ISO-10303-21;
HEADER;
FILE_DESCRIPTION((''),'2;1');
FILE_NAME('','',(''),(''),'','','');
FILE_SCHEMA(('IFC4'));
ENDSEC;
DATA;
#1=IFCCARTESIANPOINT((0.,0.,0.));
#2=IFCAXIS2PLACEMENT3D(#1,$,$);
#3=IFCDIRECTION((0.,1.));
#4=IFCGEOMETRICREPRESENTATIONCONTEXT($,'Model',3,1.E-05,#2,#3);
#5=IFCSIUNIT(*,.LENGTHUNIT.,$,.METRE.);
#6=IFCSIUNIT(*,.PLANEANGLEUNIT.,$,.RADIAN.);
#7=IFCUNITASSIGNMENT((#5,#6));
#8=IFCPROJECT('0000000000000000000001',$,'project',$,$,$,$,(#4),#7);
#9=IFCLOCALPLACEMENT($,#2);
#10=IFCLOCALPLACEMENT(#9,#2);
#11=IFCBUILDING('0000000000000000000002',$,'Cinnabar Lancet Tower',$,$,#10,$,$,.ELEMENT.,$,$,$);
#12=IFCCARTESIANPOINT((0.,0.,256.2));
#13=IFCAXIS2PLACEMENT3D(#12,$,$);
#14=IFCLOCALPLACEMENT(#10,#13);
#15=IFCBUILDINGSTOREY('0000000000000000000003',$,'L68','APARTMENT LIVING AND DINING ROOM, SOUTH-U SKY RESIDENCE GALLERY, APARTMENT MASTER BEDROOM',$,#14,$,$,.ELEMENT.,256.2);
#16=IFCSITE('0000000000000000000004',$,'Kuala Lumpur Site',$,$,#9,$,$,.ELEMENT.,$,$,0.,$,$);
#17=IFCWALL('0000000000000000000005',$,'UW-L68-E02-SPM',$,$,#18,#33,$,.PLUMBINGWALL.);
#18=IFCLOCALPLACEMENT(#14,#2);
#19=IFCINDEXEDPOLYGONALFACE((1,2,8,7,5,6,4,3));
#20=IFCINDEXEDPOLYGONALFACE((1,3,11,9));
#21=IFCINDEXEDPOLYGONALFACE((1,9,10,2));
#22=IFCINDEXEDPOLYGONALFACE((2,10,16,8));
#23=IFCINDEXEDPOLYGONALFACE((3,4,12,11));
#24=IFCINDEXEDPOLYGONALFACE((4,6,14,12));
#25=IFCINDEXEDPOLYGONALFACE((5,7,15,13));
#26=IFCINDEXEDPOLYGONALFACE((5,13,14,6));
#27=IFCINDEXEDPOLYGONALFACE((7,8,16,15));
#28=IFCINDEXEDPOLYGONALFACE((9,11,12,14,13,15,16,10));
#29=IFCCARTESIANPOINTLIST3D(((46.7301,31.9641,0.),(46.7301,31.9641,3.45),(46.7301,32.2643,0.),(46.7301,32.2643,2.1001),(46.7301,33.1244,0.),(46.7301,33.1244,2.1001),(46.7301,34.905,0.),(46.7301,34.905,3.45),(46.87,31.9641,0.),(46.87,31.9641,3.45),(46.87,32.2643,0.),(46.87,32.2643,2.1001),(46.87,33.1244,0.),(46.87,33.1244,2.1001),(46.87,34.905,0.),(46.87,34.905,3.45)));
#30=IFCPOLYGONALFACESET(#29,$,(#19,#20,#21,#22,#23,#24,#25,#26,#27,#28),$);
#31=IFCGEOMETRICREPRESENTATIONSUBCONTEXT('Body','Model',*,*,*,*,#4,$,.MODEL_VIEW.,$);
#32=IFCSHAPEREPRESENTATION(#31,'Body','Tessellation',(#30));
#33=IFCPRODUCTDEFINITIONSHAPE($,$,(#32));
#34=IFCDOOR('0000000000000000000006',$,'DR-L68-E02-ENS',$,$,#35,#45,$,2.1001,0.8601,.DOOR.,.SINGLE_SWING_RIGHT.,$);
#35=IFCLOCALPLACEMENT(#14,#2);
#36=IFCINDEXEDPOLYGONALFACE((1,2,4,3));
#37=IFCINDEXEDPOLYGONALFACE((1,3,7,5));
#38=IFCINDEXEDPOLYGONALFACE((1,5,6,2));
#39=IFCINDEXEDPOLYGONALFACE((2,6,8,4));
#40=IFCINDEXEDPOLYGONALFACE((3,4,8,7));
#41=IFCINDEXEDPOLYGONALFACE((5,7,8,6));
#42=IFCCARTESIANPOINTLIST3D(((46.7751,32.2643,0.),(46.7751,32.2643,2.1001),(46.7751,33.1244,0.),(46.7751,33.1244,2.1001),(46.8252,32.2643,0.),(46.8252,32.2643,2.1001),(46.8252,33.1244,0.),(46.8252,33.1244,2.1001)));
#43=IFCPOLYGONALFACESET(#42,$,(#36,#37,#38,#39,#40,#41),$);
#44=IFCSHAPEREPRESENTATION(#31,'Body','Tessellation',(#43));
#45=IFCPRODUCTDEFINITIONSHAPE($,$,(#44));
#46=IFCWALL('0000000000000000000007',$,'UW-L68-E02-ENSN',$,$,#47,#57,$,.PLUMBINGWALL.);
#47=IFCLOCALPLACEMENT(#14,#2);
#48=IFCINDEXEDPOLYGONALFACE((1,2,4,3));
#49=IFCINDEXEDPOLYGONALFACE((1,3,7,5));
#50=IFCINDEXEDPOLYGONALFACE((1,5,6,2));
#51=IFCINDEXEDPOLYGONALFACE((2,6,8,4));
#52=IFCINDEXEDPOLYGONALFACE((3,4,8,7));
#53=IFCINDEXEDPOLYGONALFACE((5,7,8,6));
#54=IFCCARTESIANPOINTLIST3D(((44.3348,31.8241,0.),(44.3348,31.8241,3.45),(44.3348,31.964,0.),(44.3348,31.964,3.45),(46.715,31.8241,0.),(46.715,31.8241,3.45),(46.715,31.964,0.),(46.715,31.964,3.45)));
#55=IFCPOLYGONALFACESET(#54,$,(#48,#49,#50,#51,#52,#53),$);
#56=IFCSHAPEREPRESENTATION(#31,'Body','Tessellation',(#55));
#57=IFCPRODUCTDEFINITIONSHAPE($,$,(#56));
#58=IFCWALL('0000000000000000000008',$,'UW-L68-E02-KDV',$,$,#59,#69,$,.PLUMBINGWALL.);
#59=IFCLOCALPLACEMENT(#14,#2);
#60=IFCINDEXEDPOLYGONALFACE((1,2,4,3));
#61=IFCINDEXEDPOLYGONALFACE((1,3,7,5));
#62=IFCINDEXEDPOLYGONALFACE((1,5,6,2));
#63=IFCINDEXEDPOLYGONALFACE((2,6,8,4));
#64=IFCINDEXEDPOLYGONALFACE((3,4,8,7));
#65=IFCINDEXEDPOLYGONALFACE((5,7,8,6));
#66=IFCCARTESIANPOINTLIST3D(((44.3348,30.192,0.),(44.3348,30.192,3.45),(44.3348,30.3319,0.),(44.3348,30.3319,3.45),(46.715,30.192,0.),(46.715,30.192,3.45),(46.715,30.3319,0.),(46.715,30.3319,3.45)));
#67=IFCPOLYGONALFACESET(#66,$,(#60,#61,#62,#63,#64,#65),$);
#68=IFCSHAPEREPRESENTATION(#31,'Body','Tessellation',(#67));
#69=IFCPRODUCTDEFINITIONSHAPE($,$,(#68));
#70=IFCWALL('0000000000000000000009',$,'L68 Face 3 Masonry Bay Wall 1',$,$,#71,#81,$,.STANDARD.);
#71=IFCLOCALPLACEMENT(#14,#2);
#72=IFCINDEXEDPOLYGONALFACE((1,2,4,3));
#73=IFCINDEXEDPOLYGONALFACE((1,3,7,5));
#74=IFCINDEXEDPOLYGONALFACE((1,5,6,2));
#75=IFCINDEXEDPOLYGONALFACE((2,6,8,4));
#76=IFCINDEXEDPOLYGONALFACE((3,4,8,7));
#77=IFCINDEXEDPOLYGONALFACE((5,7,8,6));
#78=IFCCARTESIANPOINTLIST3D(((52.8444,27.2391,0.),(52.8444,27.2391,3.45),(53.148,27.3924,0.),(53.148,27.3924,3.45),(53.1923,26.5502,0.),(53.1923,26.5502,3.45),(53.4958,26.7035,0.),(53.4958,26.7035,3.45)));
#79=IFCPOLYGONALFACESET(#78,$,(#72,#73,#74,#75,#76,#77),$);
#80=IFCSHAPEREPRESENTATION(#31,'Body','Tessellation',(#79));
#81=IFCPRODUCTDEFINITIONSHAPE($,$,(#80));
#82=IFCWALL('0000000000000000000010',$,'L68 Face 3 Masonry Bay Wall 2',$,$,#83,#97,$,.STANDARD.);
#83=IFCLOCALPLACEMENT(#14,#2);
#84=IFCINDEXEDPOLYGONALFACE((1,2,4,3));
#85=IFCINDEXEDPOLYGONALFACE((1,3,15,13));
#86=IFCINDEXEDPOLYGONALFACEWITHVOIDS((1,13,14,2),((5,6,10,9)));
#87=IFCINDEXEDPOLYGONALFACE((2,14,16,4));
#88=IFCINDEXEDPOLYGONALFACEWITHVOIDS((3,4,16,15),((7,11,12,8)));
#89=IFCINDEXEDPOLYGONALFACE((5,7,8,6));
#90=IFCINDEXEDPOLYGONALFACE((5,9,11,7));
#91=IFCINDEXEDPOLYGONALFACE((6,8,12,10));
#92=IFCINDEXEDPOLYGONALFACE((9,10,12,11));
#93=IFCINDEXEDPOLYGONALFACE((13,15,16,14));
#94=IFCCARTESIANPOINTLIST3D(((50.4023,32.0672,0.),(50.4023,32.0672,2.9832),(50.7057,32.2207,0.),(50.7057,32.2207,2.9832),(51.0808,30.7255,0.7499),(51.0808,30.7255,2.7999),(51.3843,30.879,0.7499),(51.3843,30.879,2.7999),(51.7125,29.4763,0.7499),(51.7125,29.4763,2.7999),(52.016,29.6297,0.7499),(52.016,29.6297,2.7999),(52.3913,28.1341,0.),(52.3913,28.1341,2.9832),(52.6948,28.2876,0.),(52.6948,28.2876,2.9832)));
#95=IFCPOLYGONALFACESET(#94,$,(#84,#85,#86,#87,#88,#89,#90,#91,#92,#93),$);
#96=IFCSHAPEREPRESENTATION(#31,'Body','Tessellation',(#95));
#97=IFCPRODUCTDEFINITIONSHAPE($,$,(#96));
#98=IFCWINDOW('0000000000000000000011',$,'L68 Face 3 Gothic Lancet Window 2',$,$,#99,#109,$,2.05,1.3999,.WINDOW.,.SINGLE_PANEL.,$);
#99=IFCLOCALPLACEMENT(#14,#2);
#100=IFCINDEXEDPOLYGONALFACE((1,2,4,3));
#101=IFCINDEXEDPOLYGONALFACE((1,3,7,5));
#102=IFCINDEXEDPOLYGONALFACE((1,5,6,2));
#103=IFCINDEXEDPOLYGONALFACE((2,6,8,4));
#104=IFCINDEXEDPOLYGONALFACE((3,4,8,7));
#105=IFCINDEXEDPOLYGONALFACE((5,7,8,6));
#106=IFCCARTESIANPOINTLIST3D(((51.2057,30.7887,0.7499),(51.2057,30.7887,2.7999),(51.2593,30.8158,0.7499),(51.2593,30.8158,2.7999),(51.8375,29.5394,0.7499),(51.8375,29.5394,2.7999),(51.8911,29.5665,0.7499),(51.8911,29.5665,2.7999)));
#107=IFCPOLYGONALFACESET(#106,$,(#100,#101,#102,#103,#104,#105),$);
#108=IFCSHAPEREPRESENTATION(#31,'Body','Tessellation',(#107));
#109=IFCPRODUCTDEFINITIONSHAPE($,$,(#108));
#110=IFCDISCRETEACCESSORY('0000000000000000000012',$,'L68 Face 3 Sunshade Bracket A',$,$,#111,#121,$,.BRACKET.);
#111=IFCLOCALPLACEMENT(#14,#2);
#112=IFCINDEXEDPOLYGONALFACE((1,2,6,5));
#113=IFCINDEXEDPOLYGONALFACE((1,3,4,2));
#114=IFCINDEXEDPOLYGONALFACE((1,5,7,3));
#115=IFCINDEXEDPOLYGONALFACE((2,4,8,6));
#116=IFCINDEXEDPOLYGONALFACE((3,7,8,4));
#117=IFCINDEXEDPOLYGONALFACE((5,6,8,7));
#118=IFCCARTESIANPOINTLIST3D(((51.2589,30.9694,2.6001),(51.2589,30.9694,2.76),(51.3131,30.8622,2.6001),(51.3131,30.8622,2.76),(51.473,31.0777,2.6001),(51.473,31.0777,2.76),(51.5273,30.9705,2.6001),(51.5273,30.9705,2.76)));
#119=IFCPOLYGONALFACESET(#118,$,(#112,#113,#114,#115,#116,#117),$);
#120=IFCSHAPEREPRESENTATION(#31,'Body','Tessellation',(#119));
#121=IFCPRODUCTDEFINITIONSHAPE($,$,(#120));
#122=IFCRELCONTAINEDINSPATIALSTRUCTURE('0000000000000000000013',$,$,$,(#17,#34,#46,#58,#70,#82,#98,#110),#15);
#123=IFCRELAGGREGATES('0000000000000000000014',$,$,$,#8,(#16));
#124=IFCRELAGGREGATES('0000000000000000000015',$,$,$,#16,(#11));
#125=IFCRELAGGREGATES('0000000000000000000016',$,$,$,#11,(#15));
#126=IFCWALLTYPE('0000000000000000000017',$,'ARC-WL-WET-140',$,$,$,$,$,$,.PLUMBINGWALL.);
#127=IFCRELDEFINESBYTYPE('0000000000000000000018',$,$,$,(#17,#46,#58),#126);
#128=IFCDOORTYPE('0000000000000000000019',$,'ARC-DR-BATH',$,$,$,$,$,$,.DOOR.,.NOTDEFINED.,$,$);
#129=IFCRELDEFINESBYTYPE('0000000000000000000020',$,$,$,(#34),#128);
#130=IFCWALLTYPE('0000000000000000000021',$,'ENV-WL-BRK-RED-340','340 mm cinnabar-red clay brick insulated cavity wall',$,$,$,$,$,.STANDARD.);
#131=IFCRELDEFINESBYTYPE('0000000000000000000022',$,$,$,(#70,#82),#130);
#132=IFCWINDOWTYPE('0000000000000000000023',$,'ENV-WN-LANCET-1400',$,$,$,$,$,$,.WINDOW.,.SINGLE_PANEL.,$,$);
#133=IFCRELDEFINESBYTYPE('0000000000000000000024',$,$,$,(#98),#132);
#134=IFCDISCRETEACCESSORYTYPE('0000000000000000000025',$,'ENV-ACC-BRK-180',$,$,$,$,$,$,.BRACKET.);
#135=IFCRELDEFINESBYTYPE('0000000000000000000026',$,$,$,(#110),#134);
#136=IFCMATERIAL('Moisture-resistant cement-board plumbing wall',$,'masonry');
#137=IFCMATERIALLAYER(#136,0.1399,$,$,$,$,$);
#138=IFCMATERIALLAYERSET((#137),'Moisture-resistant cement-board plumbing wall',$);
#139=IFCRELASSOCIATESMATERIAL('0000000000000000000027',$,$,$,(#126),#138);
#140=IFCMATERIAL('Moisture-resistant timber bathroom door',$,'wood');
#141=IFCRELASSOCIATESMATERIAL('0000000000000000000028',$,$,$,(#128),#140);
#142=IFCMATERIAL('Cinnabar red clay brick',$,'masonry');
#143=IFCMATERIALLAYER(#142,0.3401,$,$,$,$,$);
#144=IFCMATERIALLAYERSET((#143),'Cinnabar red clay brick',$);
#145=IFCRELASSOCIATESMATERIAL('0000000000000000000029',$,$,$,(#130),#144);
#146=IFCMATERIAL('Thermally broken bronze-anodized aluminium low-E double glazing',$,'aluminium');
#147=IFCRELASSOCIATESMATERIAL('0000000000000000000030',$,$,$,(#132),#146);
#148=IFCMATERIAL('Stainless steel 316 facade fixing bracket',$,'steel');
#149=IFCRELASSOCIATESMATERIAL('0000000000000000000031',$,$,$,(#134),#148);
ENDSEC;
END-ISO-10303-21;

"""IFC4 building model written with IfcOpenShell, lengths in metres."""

from ifc_helpers import new_model, si_unit, direction, frame, frame_2d, origin, origin_2d, place, context, subcontext, project, spatial, rectangle, extrude, material, layer, layer_set, type_object, element, fill, save


model = new_model("IFC4")

# Units and contexts
model_context = context("Model", 3, precision=1e-05, world=origin(), true_north=direction((0.0, 1.0)))
body_context = subcontext(model_context, "Body", "Model", "MODEL_VIEW")
ifc_project = project(units=[si_unit("LENGTHUNIT", "METRE"), si_unit("PLANEANGLEUNIT", "RADIAN")], contexts=[model_context])

# Site, building, storey
site_placement = place(None, origin())
site = spatial("IfcSite", under=ifc_project, at=site_placement, Name="Kuala Lumpur Site", CompositionType="ELEMENT", RefElevation=0.0)
building_placement = place(site_placement, origin())
building = spatial("IfcBuilding", under=site, at=building_placement, Name="Cinnabar Lancet Tower", CompositionType="ELEMENT")
storey_placement = place(building_placement, frame((0.0, 0.0, 256.2)))
storey = spatial("IfcBuildingStorey", under=building, at=storey_placement, Name="L68", Description="APARTMENT LIVING AND DINING ROOM, SOUTH-U SKY RESIDENCE GALLERY, APARTMENT MASTER BEDROOM", CompositionType="ELEMENT", Elevation=256.2)

# Shared definitions
ifc_material_1 = material(Name="Moisture-resistant cement-board plumbing wall", Category="masonry")
ifc_layer_1 = layer(ifc_material_1, 0.1399)
ifc_layer_set_1 = layer_set([ifc_layer_1], Name="Moisture-resistant cement-board plumbing wall")
wall_type_1 = type_object("IfcWallType", Name="ARC-WL-WET-140", PredefinedType="PLUMBINGWALL", material=ifc_layer_set_1)
ifc_material_2 = material(Name="Moisture-resistant timber bathroom door", Category="wood")
door_type_1 = type_object("IfcDoorType", Name="ARC-DR-BATH", OperationType="NOTDEFINED", PredefinedType="DOOR", material=ifc_material_2)

# Wall, opening, door
wall_1_placement = place(storey_placement, frame((46.8, 31.9641, 0.0), z_axis=(0.0, 0.0, 1.0), x_axis=(0.0, 1.0, 0.0)))
wall_1 = element("IfcWall", 1, at=wall_1_placement, inside=storey, type_object=wall_type_1, Name="UW-L68-E02-SPM", PredefinedType="PLUMBINGWALL", context=body_context, shape_type="SweptSolid", body=[
    extrude(rectangle(XDim=2.9409, YDim=0.1399, at=frame_2d((1.4705, 0.0))), origin(), (0.0, 0.0, 1.0), 3.45),
])
opening_1_placement = place(wall_1_placement, frame((0.3, 0.0, 0.0)))
opening_1 = element("IfcOpeningElement", 2, at=opening_1_placement, cuts=wall_1, PredefinedType="OPENING", context=body_context, shape_type="SweptSolid", body=[
    extrude(rectangle(XDim=0.8601, YDim=2.1001, at=frame_2d((0.4302, 1.05))), frame((0.0, 0.0798, 0.0), z_axis=(0.0, -1.0, 0.0), x_axis=(1.0, 0.0, 0.0)), (0.0, 0.0, 1.0), 0.1599),
])
door_1_placement = place(opening_1_placement, origin())
door_1 = element("IfcDoor", 3, at=door_1_placement, inside=storey, type_object=door_type_1, Name="DR-L68-E02-ENS", OperationType="SINGLE_SWING_RIGHT", OverallHeight=2.1001, OverallWidth=0.8601, PredefinedType="DOOR", context=body_context, shape_type="SweptSolid", body=[
    extrude(rectangle(XDim=0.8601, YDim=2.1001, at=frame_2d((0.4302, 1.05))), frame((0.0, 0.0249, 0.0), z_axis=(0.0, -1.0, 0.0), x_axis=(1.0, 0.0, 0.0)), (0.0, 0.0, 1.0), 0.05),
])
fill(opening_1, door_1)

# Walls
for number, where, z_axis, x_axis, name in (
    (4, (44.335, 31.894, 0.0), (0.0, 0.0, 1.0), (1.0, 0.0, 0.0), "UW-L68-E02-ENSN"),
    (5, (44.335, 30.262, 0.0), (0.0, 0.0, 1.0), (1.0, 0.0, 0.0), "UW-L68-E02-KDV"),
):
    element("IfcWall", number, at=place(storey_placement, frame(where, z_axis=z_axis, x_axis=x_axis)), inside=storey, type_object=wall_type_1, Name=name, PredefinedType="PLUMBINGWALL", context=body_context, shape_type="SweptSolid", body=[
        extrude(rectangle(XDim=2.3801, YDim=0.1399, at=frame_2d((1.1899, 0.0))), origin(), (0.0, 0.0, 1.0), 3.45),
    ])
ifc_material_3 = material(Name="Cinnabar red clay brick", Category="masonry")
ifc_layer_2 = layer(ifc_material_3, 0.3401)
ifc_layer_set_2 = layer_set([ifc_layer_2], Name="Cinnabar red clay brick")
wall_type_2 = type_object("IfcWallType", Name="ENV-WL-BRK-RED-340", Description="340 mm cinnabar-red clay brick insulated cavity wall", PredefinedType="STANDARD", material=ifc_layer_set_2)
wall_2_placement = place(storey_placement, frame((53.344, 26.627, 0.0), z_axis=(0.0, 0.0, 1.0), x_axis=(-0.450753, 0.892649, 0.0)))
element("IfcWall", 6, at=wall_2_placement, inside=storey, type_object=wall_type_2, Name="L68 Face 3 Masonry Bay Wall 1", PredefinedType="STANDARD", context=body_context, shape_type="SweptSolid", body=[
    extrude(rectangle(XDim=0.7717, YDim=0.3401, at=frame_2d((0.3857, 0.0))), origin(), (0.0, 0.0, 1.0), 3.45),
])

# Wall, opening, window
wall_3_placement = place(storey_placement, frame((52.543, 28.2109, 0.0), z_axis=(0.0, 0.0, 1.0), x_axis=(-0.451286, 0.892379, 0.0)))
wall_3 = element("IfcWall", 7, at=wall_3_placement, inside=storey, type_object=wall_type_2, Name="L68 Face 3 Masonry Bay Wall 2", PredefinedType="STANDARD", context=body_context, shape_type="SweptSolid", body=[
    extrude(rectangle(XDim=4.4075, YDim=0.3401, at=frame_2d((2.2036, 0.0))), origin(), (0.0, 0.0, 1.0), 2.9832),
])
opening_2_placement = place(wall_3_placement, frame((1.5039, 0.0, 0.75)))
opening_2 = element("IfcOpeningElement", 8, at=opening_2_placement, cuts=wall_3, PredefinedType="OPENING", context=body_context, shape_type="SweptSolid", body=[
    extrude(rectangle(XDim=1.3999, YDim=2.05, at=frame_2d((0.7, 1.0249))), frame((0.0, 0.1799, 0.0), z_axis=(0.0, -1.0, 0.0), x_axis=(1.0, 0.0, 0.0)), (0.0, 0.0, 1.0), 0.3601),
])
ifc_material_4 = material(Name="Thermally broken bronze-anodized aluminium low-E double glazing", Category="aluminium")
window_type = type_object("IfcWindowType", Name="ENV-WN-LANCET-1400", PartitioningType="SINGLE_PANEL", PredefinedType="WINDOW", material=ifc_material_4)
window_placement = place(opening_2_placement, origin())
window = element("IfcWindow", 9, at=window_placement, inside=storey, type_object=window_type, Name="L68 Face 3 Gothic Lancet Window 2", OverallHeight=2.05, OverallWidth=1.3999, PartitioningType="SINGLE_PANEL", PredefinedType="WINDOW", context=body_context, shape_type="SweptSolid", body=[
    extrude(rectangle(XDim=1.3999, YDim=2.05, at=frame_2d((0.7, 1.0249))), frame((0.0, 0.03, 0.0), z_axis=(0.0, -1.0, 0.0), x_axis=(1.0, 0.0, 0.0)), (0.0, 0.0, 1.0), 0.0601),
])
fill(opening_2, window)

# Discrete accessory
ifc_material_5 = material(Name="Stainless steel 316 facade fixing bracket", Category="steel")
discrete_accessory_type = type_object("IfcDiscreteAccessoryType", Name="ENV-ACC-BRK-180", PredefinedType="BRACKET", material=ifc_material_5)
discrete_accessory_placement = place(storey_placement, frame((51.3931, 30.97, 2.6001), z_axis=(0.0, 0.0, 1.0), x_axis=(-0.451376, 0.892334, 0.0)))
element("IfcDiscreteAccessory", 10, at=discrete_accessory_placement, inside=storey, type_object=discrete_accessory_type, Name="L68 Face 3 Sunshade Bracket A", PredefinedType="BRACKET", context=body_context, shape_type="SweptSolid", body=[
    extrude(rectangle(XDim=0.1201, YDim=0.24, at=origin_2d()), origin(), (0.0, 0.0, 1.0), 0.1599),
])

save(model, "model.ifc")
